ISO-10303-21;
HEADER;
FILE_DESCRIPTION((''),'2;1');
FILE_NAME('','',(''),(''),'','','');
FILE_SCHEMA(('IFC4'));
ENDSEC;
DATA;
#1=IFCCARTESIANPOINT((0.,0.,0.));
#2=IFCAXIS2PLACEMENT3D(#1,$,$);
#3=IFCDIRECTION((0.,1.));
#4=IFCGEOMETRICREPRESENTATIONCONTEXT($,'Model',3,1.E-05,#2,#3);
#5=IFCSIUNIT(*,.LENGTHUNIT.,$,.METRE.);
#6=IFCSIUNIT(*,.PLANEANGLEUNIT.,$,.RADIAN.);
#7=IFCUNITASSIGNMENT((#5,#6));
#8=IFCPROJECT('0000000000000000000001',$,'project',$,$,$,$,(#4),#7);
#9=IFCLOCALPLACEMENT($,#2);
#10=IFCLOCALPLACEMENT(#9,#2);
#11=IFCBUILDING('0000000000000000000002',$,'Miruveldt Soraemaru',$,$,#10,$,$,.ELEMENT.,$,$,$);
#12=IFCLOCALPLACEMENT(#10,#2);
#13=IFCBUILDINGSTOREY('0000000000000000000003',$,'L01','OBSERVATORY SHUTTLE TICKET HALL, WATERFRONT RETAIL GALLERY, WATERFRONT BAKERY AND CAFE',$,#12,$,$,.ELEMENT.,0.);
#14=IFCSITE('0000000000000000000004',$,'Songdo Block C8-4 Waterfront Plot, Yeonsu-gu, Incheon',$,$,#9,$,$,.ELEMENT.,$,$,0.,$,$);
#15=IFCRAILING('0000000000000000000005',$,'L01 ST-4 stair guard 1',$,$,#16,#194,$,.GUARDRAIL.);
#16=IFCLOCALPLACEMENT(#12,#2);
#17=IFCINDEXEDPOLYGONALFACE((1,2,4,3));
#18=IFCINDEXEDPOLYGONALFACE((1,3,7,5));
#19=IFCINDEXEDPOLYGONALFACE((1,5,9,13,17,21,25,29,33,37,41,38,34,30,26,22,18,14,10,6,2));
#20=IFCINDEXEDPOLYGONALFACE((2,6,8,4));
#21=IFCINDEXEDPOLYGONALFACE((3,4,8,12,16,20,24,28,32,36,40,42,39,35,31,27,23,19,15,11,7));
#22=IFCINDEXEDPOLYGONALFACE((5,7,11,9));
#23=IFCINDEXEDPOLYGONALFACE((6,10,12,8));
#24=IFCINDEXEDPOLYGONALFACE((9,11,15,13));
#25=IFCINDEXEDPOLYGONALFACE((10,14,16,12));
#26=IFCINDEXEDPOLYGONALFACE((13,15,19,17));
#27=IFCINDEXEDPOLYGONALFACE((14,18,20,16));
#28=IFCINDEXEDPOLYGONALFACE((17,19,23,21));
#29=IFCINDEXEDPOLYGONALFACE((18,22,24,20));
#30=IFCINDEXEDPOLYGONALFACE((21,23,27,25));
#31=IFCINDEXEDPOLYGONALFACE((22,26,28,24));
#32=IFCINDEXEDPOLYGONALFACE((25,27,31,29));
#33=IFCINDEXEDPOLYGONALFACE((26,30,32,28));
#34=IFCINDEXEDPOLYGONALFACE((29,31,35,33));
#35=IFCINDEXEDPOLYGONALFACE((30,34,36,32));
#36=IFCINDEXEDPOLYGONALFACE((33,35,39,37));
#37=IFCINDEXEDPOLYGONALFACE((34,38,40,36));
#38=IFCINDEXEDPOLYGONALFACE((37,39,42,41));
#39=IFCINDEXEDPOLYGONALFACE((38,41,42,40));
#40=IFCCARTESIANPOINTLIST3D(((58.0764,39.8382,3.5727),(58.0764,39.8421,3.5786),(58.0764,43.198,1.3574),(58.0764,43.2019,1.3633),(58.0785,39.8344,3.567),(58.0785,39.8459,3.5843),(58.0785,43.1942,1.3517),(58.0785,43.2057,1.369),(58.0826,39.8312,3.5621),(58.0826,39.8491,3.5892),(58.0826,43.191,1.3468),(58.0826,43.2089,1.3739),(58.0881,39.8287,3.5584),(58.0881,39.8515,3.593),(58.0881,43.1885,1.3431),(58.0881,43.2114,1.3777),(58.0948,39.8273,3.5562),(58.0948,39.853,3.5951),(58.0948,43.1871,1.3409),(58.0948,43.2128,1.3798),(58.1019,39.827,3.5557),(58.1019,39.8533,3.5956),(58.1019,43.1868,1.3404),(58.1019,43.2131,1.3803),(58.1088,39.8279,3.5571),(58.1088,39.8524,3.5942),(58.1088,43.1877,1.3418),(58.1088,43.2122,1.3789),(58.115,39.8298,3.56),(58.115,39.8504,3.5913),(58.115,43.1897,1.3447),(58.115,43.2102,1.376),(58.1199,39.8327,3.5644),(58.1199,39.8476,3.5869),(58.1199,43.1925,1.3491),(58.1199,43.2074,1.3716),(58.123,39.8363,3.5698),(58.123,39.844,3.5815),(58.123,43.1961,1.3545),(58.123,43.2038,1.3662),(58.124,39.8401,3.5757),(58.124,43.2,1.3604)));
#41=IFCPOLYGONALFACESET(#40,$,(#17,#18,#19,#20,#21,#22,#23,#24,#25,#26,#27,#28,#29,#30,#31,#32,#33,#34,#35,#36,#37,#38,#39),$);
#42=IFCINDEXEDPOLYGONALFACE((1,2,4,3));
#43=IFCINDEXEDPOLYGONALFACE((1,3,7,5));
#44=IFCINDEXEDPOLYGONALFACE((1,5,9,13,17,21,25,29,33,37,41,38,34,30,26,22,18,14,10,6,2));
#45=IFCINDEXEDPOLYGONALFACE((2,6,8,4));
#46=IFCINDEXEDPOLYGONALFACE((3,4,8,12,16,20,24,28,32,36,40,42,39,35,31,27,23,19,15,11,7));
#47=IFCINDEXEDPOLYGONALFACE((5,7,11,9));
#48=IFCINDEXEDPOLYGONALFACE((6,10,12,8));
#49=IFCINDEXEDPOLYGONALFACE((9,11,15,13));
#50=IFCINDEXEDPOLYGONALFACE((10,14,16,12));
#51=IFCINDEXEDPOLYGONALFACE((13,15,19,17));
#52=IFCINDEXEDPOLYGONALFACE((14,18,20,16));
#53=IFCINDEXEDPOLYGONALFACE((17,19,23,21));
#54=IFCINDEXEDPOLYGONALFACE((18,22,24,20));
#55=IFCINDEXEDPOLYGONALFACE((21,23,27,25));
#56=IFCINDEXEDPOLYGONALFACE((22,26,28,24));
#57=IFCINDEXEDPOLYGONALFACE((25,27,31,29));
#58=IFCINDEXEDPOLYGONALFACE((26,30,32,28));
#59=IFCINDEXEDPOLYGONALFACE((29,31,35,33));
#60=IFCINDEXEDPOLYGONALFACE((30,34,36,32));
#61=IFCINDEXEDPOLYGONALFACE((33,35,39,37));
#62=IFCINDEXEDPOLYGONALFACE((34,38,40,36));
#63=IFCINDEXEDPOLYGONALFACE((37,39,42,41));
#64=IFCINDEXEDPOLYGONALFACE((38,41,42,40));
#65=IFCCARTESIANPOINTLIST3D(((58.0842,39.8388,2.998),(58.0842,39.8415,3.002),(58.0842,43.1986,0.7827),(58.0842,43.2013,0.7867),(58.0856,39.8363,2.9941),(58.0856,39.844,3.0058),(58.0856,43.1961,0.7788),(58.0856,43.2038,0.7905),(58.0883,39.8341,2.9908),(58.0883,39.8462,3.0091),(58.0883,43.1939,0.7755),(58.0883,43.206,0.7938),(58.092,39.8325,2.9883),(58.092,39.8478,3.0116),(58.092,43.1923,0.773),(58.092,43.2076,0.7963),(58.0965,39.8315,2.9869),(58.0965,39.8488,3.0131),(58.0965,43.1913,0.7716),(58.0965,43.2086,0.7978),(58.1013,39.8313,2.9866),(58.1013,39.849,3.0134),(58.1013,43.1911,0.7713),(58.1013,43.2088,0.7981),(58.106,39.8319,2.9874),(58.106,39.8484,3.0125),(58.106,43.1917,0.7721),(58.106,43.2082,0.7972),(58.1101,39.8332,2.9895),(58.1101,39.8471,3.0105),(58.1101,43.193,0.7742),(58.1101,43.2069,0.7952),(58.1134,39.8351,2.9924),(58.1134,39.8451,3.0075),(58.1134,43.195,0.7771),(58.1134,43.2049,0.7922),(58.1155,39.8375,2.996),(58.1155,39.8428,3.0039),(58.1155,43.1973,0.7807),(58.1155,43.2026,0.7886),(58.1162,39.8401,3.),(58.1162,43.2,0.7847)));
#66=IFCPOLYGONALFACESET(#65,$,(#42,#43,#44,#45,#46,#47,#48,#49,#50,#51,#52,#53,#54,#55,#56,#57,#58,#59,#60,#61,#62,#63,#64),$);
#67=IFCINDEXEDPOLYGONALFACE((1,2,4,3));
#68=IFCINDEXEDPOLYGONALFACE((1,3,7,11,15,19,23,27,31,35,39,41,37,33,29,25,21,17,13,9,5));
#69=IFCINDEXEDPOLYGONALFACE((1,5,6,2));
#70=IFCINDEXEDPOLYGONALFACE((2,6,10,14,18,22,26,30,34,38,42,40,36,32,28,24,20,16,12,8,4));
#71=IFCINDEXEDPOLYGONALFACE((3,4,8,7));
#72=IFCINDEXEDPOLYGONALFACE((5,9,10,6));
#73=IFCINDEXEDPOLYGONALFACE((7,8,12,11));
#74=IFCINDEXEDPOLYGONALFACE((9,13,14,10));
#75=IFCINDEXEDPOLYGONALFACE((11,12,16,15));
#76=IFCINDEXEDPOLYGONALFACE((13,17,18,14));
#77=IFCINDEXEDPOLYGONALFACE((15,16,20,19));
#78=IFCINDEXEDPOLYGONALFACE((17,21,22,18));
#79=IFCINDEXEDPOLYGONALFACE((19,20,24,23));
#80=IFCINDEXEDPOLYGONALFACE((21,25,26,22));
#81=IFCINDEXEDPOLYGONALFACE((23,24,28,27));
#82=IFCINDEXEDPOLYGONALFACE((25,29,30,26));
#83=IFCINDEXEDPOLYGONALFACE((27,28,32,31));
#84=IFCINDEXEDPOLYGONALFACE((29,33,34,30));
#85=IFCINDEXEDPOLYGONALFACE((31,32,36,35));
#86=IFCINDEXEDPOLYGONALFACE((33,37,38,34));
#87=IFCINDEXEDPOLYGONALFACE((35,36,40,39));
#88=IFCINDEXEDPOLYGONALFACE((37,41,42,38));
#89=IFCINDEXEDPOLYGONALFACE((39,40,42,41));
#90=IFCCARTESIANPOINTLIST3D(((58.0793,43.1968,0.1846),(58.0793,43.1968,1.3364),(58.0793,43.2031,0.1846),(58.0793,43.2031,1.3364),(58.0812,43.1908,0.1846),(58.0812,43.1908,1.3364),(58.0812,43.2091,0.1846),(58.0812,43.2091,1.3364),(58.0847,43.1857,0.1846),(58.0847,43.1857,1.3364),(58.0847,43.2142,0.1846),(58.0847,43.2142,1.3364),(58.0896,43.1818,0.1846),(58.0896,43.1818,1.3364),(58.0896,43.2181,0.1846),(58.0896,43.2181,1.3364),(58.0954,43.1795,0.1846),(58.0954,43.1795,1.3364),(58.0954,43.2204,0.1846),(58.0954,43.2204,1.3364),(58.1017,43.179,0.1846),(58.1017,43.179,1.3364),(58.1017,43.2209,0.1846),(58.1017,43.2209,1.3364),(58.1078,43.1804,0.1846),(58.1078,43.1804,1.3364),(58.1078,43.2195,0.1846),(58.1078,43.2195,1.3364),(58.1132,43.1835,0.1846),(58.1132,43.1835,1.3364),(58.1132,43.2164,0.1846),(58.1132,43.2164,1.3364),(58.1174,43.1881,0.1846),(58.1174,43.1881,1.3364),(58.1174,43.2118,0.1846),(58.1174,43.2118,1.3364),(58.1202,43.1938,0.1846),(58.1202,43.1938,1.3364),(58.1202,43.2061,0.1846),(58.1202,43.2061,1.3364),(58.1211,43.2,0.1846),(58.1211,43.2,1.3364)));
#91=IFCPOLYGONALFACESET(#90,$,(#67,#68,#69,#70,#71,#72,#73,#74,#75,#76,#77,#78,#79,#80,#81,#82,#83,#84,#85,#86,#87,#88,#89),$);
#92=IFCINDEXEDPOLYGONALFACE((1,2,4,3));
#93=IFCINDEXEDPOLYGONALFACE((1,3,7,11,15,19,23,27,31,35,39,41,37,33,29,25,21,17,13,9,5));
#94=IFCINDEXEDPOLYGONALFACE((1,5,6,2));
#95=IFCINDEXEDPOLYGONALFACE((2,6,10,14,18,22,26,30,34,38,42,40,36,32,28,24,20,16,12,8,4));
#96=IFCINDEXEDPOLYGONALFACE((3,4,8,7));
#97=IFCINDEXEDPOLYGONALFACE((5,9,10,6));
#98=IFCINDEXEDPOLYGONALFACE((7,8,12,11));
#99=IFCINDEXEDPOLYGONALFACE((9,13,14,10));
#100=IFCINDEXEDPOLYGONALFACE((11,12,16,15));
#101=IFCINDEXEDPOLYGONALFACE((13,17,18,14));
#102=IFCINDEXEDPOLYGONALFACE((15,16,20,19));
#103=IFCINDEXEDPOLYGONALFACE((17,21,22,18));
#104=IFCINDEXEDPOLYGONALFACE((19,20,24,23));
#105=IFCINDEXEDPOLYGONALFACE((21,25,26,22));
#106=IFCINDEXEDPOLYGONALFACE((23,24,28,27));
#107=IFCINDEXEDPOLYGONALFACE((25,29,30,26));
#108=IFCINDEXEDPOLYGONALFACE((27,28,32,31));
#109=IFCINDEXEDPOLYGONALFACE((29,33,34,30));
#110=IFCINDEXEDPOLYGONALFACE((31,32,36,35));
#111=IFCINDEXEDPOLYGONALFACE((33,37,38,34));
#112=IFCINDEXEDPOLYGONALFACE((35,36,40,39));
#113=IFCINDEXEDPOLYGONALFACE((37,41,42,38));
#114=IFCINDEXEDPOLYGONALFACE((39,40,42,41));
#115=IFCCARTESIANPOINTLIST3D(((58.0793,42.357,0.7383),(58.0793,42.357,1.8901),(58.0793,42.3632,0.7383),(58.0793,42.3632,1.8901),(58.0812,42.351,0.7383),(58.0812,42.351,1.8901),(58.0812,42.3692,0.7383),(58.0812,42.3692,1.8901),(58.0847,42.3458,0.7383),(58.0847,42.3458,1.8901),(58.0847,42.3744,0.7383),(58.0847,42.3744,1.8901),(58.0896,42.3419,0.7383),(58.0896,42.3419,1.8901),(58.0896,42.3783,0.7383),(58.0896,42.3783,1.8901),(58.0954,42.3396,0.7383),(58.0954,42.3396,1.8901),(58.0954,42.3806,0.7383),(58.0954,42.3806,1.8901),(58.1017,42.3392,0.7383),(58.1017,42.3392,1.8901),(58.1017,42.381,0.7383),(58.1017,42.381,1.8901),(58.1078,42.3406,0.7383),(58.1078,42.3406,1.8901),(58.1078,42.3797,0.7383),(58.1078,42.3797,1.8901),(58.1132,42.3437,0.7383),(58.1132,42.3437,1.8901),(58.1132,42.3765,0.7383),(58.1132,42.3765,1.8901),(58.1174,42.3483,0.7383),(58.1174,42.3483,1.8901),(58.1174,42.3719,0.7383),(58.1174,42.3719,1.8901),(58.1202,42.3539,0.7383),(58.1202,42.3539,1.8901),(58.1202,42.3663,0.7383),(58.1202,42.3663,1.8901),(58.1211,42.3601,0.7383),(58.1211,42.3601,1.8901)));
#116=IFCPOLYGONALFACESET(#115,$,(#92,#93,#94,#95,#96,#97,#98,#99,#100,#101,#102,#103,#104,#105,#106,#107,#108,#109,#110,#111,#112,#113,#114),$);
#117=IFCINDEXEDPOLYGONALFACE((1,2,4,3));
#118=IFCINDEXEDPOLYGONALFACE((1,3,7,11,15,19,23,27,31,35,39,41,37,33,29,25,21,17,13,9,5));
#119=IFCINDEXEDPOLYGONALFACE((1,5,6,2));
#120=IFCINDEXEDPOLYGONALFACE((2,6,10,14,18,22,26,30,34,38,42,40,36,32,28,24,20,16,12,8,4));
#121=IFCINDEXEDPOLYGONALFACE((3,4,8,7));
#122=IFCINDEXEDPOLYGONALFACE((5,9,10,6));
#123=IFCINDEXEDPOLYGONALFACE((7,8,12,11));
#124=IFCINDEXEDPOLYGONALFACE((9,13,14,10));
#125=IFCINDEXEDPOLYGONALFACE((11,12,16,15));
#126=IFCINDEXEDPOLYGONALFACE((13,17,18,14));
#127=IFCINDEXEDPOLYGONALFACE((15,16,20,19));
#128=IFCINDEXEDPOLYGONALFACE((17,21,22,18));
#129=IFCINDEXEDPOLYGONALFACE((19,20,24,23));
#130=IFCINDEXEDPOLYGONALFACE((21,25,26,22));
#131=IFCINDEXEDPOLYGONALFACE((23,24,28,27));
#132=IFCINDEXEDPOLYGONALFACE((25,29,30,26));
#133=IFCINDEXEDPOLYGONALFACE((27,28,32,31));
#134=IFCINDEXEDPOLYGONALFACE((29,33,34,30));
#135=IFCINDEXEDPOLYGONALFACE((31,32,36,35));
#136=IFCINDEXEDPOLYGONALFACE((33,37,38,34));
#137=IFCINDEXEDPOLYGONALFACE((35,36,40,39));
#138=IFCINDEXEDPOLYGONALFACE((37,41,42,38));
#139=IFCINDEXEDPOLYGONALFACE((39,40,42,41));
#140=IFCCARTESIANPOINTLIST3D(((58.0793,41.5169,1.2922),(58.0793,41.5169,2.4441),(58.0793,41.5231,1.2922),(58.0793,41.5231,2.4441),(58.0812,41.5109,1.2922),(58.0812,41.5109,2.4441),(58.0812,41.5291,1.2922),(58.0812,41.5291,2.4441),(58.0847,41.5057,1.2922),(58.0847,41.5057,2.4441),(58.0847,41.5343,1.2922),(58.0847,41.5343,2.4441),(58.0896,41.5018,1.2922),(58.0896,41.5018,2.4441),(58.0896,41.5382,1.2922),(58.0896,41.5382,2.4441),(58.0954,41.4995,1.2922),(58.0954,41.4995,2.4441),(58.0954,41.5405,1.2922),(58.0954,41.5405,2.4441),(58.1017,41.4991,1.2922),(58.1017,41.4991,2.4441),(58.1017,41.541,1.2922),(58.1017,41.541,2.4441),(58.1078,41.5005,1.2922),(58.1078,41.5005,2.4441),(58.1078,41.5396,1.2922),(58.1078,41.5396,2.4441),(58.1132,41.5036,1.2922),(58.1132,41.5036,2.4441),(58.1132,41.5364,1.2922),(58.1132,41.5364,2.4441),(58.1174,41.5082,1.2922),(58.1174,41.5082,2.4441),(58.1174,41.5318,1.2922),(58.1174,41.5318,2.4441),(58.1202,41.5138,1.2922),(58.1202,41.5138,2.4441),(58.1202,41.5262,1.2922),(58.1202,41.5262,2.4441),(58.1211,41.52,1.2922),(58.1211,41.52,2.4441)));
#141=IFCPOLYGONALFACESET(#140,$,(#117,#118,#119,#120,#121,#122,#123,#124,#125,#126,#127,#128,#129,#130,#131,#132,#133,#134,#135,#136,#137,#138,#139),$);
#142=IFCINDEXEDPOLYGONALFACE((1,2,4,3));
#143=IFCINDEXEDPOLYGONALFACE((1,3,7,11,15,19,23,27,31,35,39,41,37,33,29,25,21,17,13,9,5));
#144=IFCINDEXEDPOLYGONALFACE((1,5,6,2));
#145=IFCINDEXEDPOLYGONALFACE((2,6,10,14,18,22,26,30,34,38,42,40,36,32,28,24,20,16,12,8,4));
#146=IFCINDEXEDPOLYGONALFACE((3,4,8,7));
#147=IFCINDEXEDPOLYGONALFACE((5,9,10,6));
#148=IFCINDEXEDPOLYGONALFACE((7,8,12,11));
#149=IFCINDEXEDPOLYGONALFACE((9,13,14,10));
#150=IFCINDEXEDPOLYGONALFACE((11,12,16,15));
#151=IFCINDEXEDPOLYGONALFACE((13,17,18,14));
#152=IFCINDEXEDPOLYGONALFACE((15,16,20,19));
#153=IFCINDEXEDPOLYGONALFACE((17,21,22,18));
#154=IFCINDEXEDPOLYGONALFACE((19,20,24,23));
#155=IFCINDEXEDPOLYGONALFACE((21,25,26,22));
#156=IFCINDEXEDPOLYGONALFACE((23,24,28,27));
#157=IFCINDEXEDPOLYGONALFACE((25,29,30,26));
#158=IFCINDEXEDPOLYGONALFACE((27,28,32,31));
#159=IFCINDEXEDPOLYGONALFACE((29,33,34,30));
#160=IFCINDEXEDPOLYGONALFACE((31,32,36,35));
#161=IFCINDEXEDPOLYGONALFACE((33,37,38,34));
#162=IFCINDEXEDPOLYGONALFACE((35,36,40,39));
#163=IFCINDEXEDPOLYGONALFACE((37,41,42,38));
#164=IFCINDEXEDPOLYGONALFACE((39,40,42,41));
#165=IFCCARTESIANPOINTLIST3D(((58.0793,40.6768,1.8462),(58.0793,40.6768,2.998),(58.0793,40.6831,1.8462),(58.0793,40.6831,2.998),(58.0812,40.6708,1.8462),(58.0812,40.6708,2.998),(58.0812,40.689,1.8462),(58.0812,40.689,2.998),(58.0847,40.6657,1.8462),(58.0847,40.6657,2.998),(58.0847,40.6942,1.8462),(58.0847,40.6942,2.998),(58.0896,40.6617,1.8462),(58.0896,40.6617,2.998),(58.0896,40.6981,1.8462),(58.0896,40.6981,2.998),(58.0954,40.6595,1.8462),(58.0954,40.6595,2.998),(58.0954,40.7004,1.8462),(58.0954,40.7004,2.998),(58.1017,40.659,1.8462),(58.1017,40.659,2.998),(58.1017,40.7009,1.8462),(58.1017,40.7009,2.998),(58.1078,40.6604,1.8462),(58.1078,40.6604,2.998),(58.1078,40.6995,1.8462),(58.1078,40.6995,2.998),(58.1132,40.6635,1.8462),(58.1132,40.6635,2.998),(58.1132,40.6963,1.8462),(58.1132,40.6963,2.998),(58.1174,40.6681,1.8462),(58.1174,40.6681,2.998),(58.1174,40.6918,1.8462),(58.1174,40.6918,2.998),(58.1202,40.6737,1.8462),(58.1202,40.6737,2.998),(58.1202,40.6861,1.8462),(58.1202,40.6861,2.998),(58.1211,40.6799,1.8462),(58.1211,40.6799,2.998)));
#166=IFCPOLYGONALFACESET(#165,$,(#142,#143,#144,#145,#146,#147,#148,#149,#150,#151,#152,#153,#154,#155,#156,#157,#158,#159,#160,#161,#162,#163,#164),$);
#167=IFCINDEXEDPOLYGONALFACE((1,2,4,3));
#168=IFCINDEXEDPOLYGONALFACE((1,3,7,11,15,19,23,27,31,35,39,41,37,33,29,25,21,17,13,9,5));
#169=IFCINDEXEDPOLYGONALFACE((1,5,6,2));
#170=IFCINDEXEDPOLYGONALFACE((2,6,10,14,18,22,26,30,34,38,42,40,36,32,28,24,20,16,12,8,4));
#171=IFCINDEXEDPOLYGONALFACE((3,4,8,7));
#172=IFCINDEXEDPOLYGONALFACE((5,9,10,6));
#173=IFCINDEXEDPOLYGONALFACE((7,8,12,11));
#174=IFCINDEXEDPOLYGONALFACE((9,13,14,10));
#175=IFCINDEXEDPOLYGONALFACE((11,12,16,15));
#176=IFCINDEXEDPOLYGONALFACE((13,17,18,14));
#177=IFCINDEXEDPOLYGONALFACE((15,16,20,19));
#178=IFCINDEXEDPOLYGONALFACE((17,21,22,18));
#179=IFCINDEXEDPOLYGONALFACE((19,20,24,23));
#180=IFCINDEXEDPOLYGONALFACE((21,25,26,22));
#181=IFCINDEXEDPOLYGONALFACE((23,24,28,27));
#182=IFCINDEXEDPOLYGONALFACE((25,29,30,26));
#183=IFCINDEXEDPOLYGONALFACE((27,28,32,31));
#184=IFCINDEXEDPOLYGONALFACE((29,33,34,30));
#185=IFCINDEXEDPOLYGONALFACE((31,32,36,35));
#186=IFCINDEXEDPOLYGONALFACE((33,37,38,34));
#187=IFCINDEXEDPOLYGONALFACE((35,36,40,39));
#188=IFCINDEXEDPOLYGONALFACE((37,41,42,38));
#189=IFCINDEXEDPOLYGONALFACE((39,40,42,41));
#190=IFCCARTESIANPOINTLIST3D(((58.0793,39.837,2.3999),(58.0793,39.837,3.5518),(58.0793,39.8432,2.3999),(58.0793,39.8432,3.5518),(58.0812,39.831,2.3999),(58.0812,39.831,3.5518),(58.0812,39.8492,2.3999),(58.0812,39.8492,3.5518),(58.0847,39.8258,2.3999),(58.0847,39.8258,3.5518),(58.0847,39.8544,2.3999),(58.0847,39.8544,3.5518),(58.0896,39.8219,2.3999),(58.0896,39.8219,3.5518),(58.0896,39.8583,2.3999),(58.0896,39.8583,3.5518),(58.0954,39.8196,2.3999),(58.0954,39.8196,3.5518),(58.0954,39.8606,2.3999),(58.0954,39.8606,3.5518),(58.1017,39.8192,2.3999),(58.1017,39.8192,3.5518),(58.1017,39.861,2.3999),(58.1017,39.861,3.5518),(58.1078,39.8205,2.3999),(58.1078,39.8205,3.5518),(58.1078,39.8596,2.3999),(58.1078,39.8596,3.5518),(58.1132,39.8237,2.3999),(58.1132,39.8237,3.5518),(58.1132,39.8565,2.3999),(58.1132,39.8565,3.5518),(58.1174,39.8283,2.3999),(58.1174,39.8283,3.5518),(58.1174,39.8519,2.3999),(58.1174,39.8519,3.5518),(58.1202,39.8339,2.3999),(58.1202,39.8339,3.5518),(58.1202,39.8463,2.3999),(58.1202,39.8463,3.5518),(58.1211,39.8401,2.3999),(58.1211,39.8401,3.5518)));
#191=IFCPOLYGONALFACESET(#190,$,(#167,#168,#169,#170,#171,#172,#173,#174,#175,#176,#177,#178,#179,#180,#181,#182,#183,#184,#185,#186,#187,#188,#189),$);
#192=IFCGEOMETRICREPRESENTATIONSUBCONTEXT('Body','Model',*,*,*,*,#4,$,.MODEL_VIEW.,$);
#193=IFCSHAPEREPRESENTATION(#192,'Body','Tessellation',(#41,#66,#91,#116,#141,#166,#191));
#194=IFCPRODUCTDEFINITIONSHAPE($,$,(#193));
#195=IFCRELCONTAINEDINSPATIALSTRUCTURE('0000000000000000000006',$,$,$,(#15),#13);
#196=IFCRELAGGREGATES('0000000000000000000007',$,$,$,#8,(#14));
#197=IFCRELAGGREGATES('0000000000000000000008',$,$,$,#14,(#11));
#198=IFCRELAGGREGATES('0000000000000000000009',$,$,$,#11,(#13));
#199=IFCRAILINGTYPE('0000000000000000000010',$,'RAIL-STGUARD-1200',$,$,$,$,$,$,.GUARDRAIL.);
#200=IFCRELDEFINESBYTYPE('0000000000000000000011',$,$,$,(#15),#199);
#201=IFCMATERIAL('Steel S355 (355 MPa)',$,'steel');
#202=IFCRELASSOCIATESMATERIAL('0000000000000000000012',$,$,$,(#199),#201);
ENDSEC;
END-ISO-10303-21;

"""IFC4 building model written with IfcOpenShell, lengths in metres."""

from ifc_helpers import new_model, si_unit, direction, frame, origin, origin_2d, place, context, subcontext, project, spatial, circle, extrude, material, type_object, element, save


model = new_model("IFC4")

# Units and contexts
model_context = context("Model", 3, precision=1e-05, world=origin(), true_north=direction((0.0, 1.0)))
body_context = subcontext(model_context, "Body", "Model", "MODEL_VIEW")
ifc_project = project(units=[si_unit("LENGTHUNIT", "METRE"), si_unit("PLANEANGLEUNIT", "RADIAN")], contexts=[model_context])

# Site, building, storey
site_placement = place(None, origin())
site = spatial("IfcSite", under=ifc_project, at=site_placement, Name="Songdo Block C8-4 Waterfront Plot, Yeonsu-gu, Incheon", CompositionType="ELEMENT", RefElevation=0.0)
building_placement = place(site_placement, origin())
building = spatial("IfcBuilding", under=site, at=building_placement, Name="Miruveldt Soraemaru", CompositionType="ELEMENT")
storey_placement = place(building_placement, origin())
storey = spatial("IfcBuildingStorey", under=building, at=storey_placement, Name="L01", Description="OBSERVATORY SHUTTLE TICKET HALL, WATERFRONT RETAIL GALLERY, WATERFRONT BAKERY AND CAFE", CompositionType="ELEMENT", Elevation=0.0)

# Shared definitions
ifc_material_1 = material(Name="Steel S355 (355 MPa)", Category="steel")

# Railing
railing_type_1 = type_object("IfcRailingType", Name="RAIL-STGUARD-1200", PredefinedType="GUARDRAIL", material=ifc_material_1)
railing_1_placement = place(storey_placement, frame((58.1001, 43.2, 0.1846)))
element("IfcRailing", 1, at=railing_1_placement, inside=storey, type_object=railing_type_1, Name="L01 ST-4 stair guard 1", PredefinedType="GUARDRAIL", context=body_context, shape_type="SweptSolid", body=[
    extrude(circle(Radius=0.0239, at=origin_2d()), frame((0.0, 0.0, 1.1758), z_axis=(0.0, -0.834858, 0.550465), x_axis=(1.0, 0.0, 0.0)), (0.0, 0.0, 1.0), 4.0244),
    extrude(circle(Radius=0.0161, at=origin_2d()), frame((0.0, 0.0, 0.6001), z_axis=(0.0, -0.834858, 0.550465), x_axis=(1.0, 0.0, 0.0)), (0.0, 0.0, 1.0), 4.0244),
    extrude(circle(Radius=0.021, at=origin_2d()), origin(), (0.0, 0.0, 1.0), 1.1519),
    extrude(circle(Radius=0.021, at=origin_2d()), frame((0.0, -0.8398, 0.5537)), (0.0, 0.0, 1.0), 1.1519),
    extrude(circle(Radius=0.021, at=origin_2d()), frame((0.0, -1.6799, 1.1077)), (0.0, 0.0, 1.0), 1.1519),
    extrude(circle(Radius=0.021, at=origin_2d()), frame((0.0, -2.52, 1.6616)), (0.0, 0.0, 1.0), 1.1519),
    extrude(circle(Radius=0.021, at=origin_2d()), frame((0.0, -3.3599, 2.2153)), (0.0, 0.0, 1.0), 1.1519),
])

save(model, "model.ifc")
